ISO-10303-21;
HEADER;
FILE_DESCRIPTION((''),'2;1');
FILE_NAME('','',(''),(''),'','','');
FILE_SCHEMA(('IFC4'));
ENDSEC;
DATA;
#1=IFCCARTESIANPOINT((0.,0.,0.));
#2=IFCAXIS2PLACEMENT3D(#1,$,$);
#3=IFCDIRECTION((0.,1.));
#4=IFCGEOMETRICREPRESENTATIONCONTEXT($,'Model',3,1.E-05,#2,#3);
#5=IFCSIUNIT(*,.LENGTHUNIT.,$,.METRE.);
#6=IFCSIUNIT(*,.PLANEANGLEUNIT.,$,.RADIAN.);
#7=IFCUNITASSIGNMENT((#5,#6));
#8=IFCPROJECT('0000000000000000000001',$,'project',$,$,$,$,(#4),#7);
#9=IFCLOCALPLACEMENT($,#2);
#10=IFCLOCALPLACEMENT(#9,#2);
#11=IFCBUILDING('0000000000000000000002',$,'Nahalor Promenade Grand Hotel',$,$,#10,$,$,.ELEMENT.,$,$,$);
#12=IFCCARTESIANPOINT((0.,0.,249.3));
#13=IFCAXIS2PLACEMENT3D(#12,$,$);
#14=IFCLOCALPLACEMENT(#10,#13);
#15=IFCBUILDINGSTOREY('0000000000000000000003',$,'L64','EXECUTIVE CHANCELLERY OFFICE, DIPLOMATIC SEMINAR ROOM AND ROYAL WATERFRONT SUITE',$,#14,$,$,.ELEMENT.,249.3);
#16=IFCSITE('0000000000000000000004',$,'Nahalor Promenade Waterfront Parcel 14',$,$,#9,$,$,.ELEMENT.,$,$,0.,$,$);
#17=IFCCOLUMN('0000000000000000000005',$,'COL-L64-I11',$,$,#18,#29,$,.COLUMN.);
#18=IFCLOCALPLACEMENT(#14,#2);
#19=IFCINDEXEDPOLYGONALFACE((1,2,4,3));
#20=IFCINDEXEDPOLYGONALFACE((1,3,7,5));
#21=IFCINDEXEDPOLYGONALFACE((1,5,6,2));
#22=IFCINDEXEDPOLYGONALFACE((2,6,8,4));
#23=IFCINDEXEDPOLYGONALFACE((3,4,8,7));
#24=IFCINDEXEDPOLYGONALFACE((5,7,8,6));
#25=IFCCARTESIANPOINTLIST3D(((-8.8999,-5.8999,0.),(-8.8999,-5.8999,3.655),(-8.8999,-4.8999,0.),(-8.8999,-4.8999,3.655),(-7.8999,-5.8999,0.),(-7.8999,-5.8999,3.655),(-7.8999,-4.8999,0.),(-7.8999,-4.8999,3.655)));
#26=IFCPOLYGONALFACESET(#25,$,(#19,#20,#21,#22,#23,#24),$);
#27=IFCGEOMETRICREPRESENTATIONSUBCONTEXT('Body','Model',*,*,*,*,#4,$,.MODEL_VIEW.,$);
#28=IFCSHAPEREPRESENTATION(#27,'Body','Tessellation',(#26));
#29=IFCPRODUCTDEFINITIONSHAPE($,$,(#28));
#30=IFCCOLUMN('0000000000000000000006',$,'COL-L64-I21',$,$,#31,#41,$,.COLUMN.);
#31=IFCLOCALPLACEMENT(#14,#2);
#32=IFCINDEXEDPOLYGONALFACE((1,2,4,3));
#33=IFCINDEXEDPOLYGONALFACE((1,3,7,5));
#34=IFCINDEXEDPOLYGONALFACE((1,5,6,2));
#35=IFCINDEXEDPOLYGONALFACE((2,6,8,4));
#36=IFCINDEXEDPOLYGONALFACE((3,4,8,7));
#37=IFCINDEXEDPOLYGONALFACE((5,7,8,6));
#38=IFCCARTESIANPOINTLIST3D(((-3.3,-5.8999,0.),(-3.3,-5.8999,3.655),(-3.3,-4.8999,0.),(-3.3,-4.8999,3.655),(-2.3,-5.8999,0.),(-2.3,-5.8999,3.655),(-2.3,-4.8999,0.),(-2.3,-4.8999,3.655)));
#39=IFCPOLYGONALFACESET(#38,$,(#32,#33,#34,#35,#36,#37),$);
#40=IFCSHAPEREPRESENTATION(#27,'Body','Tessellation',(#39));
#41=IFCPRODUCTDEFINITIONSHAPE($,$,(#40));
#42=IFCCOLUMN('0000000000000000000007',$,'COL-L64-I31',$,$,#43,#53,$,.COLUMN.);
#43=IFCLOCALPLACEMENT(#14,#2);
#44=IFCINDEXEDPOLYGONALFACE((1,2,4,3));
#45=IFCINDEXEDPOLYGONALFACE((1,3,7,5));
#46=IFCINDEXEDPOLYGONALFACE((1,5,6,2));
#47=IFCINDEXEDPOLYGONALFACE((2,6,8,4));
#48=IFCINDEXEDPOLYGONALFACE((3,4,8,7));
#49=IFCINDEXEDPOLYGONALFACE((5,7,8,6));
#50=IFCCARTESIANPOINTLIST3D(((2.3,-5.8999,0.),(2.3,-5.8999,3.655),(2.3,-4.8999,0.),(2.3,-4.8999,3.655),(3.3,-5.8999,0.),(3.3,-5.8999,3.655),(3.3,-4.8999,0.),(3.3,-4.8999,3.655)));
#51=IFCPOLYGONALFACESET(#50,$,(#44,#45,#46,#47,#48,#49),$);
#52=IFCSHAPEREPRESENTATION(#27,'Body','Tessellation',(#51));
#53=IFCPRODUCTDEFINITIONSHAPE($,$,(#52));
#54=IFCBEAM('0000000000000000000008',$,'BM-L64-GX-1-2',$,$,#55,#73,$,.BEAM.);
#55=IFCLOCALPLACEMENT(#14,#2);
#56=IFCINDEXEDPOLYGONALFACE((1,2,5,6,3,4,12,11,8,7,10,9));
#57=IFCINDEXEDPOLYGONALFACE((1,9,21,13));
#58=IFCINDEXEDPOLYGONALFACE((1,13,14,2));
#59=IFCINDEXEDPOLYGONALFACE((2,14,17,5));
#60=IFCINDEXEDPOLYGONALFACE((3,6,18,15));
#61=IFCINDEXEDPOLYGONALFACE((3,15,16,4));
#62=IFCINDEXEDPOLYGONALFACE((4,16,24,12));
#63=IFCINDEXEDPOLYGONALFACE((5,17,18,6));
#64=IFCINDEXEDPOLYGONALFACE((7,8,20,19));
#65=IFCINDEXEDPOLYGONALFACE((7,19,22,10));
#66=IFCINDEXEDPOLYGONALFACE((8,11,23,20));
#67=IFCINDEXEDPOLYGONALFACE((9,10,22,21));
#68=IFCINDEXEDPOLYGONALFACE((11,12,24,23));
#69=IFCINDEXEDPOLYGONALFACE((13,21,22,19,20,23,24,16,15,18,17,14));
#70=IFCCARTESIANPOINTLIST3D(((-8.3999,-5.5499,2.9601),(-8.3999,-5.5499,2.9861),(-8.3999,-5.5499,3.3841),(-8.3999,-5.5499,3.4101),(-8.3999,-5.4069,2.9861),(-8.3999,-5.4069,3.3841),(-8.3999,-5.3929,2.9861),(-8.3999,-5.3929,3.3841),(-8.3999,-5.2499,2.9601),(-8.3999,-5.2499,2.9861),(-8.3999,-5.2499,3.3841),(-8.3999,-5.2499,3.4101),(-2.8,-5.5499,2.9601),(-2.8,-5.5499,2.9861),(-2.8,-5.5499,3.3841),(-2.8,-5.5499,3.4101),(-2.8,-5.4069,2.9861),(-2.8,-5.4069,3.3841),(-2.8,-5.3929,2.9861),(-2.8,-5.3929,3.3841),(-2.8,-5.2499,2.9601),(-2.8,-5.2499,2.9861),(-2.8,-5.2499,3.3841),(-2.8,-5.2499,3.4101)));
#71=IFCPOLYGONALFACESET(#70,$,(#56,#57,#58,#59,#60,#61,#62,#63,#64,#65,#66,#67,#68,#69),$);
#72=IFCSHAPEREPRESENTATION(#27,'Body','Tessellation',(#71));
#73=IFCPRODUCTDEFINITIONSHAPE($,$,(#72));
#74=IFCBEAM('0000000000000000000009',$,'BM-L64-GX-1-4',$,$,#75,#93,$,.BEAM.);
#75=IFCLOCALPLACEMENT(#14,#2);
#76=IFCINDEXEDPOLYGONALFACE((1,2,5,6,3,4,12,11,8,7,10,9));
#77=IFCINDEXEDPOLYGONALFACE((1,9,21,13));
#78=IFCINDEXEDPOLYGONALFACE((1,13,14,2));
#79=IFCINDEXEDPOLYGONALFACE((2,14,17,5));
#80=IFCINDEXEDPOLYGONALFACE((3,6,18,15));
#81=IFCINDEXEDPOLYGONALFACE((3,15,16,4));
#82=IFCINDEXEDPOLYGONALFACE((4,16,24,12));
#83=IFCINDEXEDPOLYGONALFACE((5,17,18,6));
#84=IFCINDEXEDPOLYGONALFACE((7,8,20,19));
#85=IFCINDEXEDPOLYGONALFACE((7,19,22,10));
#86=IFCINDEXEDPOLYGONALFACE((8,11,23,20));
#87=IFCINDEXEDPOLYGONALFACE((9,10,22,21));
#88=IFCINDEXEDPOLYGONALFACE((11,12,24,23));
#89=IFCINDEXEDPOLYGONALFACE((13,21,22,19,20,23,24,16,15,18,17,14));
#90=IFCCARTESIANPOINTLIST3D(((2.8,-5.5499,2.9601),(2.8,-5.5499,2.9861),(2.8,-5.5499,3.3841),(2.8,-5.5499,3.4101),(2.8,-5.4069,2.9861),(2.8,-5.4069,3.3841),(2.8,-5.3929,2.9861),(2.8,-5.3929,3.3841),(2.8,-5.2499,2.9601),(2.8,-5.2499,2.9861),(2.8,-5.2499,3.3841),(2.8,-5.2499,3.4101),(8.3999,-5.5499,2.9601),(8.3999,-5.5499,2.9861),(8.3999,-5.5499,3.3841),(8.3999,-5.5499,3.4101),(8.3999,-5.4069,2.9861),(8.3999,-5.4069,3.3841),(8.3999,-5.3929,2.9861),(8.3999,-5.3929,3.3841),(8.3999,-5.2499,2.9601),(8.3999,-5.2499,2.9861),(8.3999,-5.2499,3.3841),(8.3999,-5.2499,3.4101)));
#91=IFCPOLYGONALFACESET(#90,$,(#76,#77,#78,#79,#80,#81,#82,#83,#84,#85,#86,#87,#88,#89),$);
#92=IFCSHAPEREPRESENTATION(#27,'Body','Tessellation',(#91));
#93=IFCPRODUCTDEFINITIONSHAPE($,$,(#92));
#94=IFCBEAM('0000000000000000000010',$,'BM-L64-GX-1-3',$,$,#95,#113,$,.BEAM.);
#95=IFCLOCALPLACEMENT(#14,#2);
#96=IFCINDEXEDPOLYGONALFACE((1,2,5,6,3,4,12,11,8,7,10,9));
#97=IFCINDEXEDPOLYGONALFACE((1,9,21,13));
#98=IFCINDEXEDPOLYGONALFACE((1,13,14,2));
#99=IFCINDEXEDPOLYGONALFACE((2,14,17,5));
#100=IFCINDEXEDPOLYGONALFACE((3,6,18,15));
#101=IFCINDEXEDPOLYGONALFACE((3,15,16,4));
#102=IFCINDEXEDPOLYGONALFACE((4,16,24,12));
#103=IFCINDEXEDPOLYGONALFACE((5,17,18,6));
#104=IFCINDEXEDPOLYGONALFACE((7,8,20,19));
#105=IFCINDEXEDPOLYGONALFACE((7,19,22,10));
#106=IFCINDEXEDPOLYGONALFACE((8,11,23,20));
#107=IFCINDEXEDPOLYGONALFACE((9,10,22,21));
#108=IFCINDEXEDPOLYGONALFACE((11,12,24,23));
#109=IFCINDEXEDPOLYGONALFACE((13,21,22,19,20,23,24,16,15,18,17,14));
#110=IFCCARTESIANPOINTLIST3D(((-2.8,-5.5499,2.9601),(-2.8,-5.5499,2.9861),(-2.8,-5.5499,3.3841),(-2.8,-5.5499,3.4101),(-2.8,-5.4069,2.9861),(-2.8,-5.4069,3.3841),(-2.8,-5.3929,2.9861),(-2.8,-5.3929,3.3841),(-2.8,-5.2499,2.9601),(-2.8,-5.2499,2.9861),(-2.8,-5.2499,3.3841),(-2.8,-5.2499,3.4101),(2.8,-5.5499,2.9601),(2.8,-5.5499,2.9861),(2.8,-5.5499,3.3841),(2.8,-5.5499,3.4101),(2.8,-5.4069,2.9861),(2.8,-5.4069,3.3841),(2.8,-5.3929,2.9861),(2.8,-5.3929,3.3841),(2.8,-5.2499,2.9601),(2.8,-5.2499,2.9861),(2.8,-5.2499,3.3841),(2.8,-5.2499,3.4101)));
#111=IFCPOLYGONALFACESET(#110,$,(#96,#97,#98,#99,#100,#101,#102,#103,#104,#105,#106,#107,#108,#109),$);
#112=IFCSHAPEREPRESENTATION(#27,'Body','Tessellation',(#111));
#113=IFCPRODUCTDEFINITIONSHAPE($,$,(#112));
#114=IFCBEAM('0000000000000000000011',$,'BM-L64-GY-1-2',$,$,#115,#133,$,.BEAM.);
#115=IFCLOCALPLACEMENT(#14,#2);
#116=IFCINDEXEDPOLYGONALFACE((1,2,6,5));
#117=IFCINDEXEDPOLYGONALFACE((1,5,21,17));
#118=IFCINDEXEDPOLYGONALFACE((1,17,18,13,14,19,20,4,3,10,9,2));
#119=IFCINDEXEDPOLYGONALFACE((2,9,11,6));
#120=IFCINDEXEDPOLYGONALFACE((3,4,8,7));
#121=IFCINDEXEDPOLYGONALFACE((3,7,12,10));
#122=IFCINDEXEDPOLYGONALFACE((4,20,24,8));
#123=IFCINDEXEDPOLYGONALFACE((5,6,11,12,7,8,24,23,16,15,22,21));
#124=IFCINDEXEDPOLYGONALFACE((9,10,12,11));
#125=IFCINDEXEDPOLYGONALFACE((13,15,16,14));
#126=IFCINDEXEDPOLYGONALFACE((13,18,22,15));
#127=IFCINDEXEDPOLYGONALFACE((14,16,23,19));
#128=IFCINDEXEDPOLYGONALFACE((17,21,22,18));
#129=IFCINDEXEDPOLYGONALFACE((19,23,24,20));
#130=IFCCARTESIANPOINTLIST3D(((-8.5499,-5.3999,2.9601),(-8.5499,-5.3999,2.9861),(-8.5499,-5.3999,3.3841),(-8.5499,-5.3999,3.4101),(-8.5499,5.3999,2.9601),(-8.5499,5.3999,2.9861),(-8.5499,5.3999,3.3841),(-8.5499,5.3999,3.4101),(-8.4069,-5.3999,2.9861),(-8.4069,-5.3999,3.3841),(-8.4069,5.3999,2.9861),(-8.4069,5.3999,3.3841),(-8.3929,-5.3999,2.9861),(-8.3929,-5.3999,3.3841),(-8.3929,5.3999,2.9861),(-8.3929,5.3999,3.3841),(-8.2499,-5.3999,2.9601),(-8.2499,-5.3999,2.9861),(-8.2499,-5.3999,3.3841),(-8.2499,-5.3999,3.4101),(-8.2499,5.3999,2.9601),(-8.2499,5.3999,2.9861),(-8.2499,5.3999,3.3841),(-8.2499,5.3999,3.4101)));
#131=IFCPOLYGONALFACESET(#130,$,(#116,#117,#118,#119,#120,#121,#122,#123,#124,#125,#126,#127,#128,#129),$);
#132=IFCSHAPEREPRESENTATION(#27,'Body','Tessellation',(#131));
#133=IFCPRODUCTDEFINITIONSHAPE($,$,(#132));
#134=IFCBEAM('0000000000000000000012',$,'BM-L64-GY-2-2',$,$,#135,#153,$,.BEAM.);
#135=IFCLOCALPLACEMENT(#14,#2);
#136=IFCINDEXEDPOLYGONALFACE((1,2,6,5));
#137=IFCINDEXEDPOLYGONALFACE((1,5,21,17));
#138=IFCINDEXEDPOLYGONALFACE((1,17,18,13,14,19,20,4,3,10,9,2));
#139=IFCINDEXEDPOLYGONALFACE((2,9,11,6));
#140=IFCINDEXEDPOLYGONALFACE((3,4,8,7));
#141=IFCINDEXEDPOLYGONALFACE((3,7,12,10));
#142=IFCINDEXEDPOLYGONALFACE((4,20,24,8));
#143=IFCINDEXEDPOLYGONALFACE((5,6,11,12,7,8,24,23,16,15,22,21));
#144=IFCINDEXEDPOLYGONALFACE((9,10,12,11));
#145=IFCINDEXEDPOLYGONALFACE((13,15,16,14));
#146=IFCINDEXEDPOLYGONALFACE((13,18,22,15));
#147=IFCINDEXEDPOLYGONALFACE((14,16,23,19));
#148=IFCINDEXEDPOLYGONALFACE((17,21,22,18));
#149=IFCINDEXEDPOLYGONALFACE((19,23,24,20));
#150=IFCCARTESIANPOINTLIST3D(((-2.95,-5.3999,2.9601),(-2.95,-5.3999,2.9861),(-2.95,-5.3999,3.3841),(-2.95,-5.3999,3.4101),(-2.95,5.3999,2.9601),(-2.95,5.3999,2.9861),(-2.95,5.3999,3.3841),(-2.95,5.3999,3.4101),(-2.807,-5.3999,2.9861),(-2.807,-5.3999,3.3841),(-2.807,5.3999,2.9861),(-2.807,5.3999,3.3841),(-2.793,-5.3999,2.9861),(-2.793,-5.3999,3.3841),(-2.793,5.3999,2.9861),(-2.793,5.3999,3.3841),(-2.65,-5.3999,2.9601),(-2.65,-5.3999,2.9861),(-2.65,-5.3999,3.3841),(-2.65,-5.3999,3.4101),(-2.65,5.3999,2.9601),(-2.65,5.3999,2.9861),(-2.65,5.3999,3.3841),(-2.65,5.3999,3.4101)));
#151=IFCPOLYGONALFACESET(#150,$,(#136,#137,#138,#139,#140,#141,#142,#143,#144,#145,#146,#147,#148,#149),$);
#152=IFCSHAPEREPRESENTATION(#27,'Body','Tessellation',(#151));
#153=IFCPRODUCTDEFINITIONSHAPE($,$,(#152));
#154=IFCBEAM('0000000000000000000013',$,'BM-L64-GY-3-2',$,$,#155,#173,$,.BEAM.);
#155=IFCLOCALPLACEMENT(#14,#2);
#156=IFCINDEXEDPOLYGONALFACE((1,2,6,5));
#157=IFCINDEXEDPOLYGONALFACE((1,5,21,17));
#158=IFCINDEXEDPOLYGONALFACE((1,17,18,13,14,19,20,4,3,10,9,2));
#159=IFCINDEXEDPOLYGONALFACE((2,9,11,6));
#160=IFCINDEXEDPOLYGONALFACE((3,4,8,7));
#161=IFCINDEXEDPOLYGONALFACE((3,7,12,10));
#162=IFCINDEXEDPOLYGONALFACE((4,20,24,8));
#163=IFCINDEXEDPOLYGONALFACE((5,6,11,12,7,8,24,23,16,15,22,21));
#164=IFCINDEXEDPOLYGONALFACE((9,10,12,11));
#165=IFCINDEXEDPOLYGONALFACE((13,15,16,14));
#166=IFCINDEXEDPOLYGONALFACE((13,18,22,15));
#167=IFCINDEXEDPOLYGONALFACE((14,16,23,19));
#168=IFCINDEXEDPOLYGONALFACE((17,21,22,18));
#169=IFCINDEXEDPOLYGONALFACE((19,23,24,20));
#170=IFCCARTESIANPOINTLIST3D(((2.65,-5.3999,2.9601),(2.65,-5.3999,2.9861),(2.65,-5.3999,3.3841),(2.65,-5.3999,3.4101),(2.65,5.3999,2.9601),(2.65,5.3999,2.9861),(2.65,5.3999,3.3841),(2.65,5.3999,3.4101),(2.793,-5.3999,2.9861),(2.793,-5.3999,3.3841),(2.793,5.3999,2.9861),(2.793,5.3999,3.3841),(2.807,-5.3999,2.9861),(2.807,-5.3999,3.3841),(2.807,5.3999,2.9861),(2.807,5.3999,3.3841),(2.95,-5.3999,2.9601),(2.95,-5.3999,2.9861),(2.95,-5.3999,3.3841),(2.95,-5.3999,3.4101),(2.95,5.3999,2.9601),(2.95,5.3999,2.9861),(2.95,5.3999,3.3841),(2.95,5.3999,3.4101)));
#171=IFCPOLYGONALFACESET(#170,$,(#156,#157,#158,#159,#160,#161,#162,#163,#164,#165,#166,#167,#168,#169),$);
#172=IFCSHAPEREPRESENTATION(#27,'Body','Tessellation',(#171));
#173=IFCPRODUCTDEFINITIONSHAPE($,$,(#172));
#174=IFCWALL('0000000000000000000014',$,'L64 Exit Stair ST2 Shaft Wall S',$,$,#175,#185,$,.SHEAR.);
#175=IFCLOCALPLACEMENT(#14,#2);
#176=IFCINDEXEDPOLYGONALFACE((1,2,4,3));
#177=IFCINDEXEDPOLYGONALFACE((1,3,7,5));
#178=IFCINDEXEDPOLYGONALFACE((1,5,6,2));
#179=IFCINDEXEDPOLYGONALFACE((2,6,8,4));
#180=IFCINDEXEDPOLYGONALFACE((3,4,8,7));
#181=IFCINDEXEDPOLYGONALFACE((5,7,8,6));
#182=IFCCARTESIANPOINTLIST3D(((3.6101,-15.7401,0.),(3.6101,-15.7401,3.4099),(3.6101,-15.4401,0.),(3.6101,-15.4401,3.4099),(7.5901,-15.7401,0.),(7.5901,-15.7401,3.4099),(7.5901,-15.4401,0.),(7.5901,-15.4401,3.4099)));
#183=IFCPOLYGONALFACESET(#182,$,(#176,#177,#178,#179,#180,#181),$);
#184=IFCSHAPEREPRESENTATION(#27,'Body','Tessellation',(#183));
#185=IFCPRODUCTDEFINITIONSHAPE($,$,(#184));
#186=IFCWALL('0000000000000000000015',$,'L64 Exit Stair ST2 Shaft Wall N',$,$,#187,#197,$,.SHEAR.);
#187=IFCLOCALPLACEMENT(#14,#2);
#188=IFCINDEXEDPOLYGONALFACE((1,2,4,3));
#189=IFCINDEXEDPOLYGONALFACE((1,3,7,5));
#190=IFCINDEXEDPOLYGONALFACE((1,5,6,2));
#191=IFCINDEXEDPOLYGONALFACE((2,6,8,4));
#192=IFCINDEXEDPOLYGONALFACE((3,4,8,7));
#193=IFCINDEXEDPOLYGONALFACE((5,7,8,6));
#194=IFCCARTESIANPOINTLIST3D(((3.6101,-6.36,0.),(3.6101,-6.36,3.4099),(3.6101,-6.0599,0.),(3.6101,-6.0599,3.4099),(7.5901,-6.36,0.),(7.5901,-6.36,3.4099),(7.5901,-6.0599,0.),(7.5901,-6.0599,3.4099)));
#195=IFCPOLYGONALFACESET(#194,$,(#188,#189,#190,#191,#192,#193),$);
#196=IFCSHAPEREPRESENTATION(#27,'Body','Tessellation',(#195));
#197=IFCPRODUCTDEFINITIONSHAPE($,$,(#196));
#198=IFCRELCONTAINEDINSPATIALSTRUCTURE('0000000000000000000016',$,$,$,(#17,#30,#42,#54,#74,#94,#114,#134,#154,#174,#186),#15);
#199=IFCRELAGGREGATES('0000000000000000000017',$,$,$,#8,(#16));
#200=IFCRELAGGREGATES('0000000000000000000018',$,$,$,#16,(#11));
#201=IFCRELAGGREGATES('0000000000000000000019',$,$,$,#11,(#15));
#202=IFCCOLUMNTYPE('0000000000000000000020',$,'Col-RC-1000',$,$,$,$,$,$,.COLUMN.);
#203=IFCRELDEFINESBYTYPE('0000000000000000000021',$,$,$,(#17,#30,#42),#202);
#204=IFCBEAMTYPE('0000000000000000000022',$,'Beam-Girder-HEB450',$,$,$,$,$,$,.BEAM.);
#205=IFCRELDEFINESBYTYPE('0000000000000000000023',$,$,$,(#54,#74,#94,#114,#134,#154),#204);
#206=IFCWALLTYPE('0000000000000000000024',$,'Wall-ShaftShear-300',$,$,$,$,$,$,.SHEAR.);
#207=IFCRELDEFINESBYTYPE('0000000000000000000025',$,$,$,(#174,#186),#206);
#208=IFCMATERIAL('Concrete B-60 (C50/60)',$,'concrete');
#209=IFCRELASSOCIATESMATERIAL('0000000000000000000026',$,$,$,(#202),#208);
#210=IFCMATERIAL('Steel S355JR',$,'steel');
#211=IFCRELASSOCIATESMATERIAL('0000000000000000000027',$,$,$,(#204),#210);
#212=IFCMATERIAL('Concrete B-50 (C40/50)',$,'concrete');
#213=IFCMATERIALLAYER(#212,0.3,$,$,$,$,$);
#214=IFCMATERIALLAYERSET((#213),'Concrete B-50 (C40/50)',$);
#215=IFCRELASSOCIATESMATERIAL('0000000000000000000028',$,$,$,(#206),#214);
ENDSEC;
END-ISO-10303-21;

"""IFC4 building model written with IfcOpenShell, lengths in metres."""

from ifc_helpers import new_model, si_unit, direction, frame, frame_2d, origin, origin_2d, place, context, subcontext, project, spatial, rectangle, i_section, extrude, source, transform, mapped, material, layer, layer_set, material_profile, profile_set, type_object, element, save


model = new_model("IFC4")

# Units and contexts
model_context = context("Model", 3, precision=1e-05, world=origin(), true_north=direction((0.0, 1.0)))
body_context = subcontext(model_context, "Body", "Model", "MODEL_VIEW")
ifc_project = project(units=[si_unit("LENGTHUNIT", "METRE"), si_unit("PLANEANGLEUNIT", "RADIAN")], contexts=[model_context])

# Site, building, storey
site_placement = place(None, origin())
site = spatial("IfcSite", under=ifc_project, at=site_placement, Name="Nahalor Promenade Waterfront Parcel 14", CompositionType="ELEMENT", RefElevation=0.0)
building_placement = place(site_placement, origin())
building = spatial("IfcBuilding", under=site, at=building_placement, Name="Nahalor Promenade Grand Hotel", CompositionType="ELEMENT")
storey_placement = place(building_placement, frame((0.0, 0.0, 249.3)))
storey = spatial("IfcBuildingStorey", under=building, at=storey_placement, Name="L64", Description="EXECUTIVE CHANCELLERY OFFICE, DIPLOMATIC SEMINAR ROOM AND ROYAL WATERFRONT SUITE", CompositionType="ELEMENT", Elevation=249.3)

# Columns
ifc_material_1 = material(Name="Concrete B-60 (C50/60)", Category="concrete")
ifc_material_profile_1 = material_profile(ifc_material_1, rectangle(XDim=1.0, YDim=1.0, at=origin_2d()), Name="RC 1000x1000")
ifc_profile_set_1 = profile_set([ifc_material_profile_1], Name="Concrete B-60 (C50/60)")
column_type = type_object("IfcColumnType", Name="Col-RC-1000", PredefinedType="COLUMN", material=ifc_profile_set_1)
shared_shape_1 = source(origin(), body_context, "Body", "SweptSolid", [
    extrude(rectangle(XDim=1.0, YDim=1.0, at=origin_2d()), origin(), (0.0, 0.0, 1.0), 3.655),
])
for number, where, z_axis, x_axis, name in (
    (1, (-8.3999, -5.3999, 0.0), (0.0, 0.0, 1.0), (1.0, 0.0, 0.0), "COL-L64-I11"),
    (2, (-2.8, -5.3999, 0.0), (0.0, 0.0, 1.0), (1.0, 0.0, 0.0), "COL-L64-I21"),
    (3, (2.8, -5.3999, 0.0), (0.0, 0.0, 1.0), (1.0, 0.0, 0.0), "COL-L64-I31"),
):
    element("IfcColumn", number, at=place(storey_placement, frame(where, z_axis=z_axis, x_axis=x_axis)), inside=storey, type_object=column_type, Name=name, PredefinedType="COLUMN", context=body_context, shape_type="MappedRepresentation", body=[
        mapped(shared_shape_1, transform((0.0, 0.0, 0.0), scale=1.0)),
    ])

# Beams
ifc_material_2 = material(Name="Steel S355JR", Category="steel")
ifc_material_profile_2 = material_profile(ifc_material_2, i_section(OverallWidth=0.3, OverallDepth=0.45, WebThickness=0.014, FlangeThickness=0.026, at=origin_2d()), Name="HEB 450")
ifc_profile_set_2 = profile_set([ifc_material_profile_2], Name="Steel S355JR")
beam_type = type_object("IfcBeamType", Name="Beam-Girder-HEB450", PredefinedType="BEAM", material=ifc_profile_set_2)
shared_shape_2 = source(origin(), body_context, "Body", "SweptSolid", [
    extrude(i_section(OverallWidth=0.3, OverallDepth=0.45, WebThickness=0.014, FlangeThickness=0.026, at=origin_2d()), origin(), (0.0, 0.0, 1.0), 5.5999),
])
for number, where, z_axis, x_axis, name in (
    (4, (-8.3999, -5.3999, 3.1851), (1.0, 0.0, 0.0), (0.0, 1.0, 0.0), "BM-L64-GX-1-2"),
    (5, (2.8, -5.3999, 3.1851), (1.0, 0.0, 0.0), (0.0, 1.0, 0.0), "BM-L64-GX-1-4"),
):
    element("IfcBeam", number, at=place(storey_placement, frame(where, z_axis=z_axis, x_axis=x_axis)), inside=storey, type_object=beam_type, Name=name, PredefinedType="BEAM", context=body_context, shape_type="MappedRepresentation", body=[
        mapped(shared_shape_2, transform((0.0, 0.0, 0.0), scale=1.0)),
    ])
shared_shape_3 = source(origin(), body_context, "Body", "SweptSolid", [
    extrude(i_section(OverallWidth=0.3, OverallDepth=0.45, WebThickness=0.014, FlangeThickness=0.026, at=origin_2d()), origin(), (0.0, 0.0, 1.0), 5.6001),
])
beam_placement = place(storey_placement, frame((-2.8, -5.3999, 3.1851), z_axis=(1.0, 0.0, 0.0), x_axis=(0.0, 1.0, 0.0)))
element("IfcBeam", 6, at=beam_placement, inside=storey, type_object=beam_type, Name="BM-L64-GX-1-3", PredefinedType="BEAM", context=body_context, shape_type="MappedRepresentation", body=[
    mapped(shared_shape_3, transform((0.0, 0.0, 0.0), scale=1.0)),
])
shared_shape_4 = source(origin(), body_context, "Body", "SweptSolid", [
    extrude(i_section(OverallWidth=0.3, OverallDepth=0.45, WebThickness=0.014, FlangeThickness=0.026, at=origin_2d()), origin(), (0.0, 0.0, 1.0), 10.7998),
])
for number, where, z_axis, x_axis, name in (
    (7, (-8.3999, -5.3999, 3.1851), (0.0, 1.0, 0.0), (-1.0, 0.0, 0.0), "BM-L64-GY-1-2"),
    (8, (-2.8, -5.3999, 3.1851), (0.0, 1.0, 0.0), (-1.0, 0.0, 0.0), "BM-L64-GY-2-2"),
    (9, (2.8, -5.3999, 3.1851), (0.0, 1.0, 0.0), (-1.0, 0.0, 0.0), "BM-L64-GY-3-2"),
):
    element("IfcBeam", number, at=place(storey_placement, frame(where, z_axis=z_axis, x_axis=x_axis)), inside=storey, type_object=beam_type, Name=name, PredefinedType="BEAM", context=body_context, shape_type="MappedRepresentation", body=[
        mapped(shared_shape_4, transform((0.0, 0.0, 0.0), scale=1.0)),
    ])

# Walls
ifc_material_3 = material(Name="Concrete B-50 (C40/50)", Category="concrete")
ifc_layer_1 = layer(ifc_material_3, 0.3)
ifc_layer_set_1 = layer_set([ifc_layer_1], Name="Concrete B-50 (C40/50)")
wall_type_1 = type_object("IfcWallType", Name="Wall-ShaftShear-300", PredefinedType="SHEAR", material=ifc_layer_set_1)
shared_shape_5 = source(origin(), body_context, "Body", "SweptSolid", [
    extrude(rectangle(XDim=3.98, YDim=0.3, at=frame_2d((1.99, 0.0))), origin(), (0.0, 0.0, 1.0), 3.4099),
])
for number, where, z_axis, x_axis, name in (
    (10, (3.6101, -15.5901, 0.0), (0.0, 0.0, 1.0), (1.0, 0.0, 0.0), "L64 Exit Stair ST2 Shaft Wall S"),
    (11, (3.6101, -6.21, 0.0), (0.0, 0.0, 1.0), (1.0, 0.0, 0.0), "L64 Exit Stair ST2 Shaft Wall N"),
):
    element("IfcWall", number, at=place(storey_placement, frame(where, z_axis=z_axis, x_axis=x_axis)), inside=storey, type_object=wall_type_1, Name=name, PredefinedType="SHEAR", context=body_context, shape_type="MappedRepresentation", body=[
        mapped(shared_shape_5, transform((0.0, 0.0, 0.0), scale=1.0)),
    ])

save(model, "model.ifc")
